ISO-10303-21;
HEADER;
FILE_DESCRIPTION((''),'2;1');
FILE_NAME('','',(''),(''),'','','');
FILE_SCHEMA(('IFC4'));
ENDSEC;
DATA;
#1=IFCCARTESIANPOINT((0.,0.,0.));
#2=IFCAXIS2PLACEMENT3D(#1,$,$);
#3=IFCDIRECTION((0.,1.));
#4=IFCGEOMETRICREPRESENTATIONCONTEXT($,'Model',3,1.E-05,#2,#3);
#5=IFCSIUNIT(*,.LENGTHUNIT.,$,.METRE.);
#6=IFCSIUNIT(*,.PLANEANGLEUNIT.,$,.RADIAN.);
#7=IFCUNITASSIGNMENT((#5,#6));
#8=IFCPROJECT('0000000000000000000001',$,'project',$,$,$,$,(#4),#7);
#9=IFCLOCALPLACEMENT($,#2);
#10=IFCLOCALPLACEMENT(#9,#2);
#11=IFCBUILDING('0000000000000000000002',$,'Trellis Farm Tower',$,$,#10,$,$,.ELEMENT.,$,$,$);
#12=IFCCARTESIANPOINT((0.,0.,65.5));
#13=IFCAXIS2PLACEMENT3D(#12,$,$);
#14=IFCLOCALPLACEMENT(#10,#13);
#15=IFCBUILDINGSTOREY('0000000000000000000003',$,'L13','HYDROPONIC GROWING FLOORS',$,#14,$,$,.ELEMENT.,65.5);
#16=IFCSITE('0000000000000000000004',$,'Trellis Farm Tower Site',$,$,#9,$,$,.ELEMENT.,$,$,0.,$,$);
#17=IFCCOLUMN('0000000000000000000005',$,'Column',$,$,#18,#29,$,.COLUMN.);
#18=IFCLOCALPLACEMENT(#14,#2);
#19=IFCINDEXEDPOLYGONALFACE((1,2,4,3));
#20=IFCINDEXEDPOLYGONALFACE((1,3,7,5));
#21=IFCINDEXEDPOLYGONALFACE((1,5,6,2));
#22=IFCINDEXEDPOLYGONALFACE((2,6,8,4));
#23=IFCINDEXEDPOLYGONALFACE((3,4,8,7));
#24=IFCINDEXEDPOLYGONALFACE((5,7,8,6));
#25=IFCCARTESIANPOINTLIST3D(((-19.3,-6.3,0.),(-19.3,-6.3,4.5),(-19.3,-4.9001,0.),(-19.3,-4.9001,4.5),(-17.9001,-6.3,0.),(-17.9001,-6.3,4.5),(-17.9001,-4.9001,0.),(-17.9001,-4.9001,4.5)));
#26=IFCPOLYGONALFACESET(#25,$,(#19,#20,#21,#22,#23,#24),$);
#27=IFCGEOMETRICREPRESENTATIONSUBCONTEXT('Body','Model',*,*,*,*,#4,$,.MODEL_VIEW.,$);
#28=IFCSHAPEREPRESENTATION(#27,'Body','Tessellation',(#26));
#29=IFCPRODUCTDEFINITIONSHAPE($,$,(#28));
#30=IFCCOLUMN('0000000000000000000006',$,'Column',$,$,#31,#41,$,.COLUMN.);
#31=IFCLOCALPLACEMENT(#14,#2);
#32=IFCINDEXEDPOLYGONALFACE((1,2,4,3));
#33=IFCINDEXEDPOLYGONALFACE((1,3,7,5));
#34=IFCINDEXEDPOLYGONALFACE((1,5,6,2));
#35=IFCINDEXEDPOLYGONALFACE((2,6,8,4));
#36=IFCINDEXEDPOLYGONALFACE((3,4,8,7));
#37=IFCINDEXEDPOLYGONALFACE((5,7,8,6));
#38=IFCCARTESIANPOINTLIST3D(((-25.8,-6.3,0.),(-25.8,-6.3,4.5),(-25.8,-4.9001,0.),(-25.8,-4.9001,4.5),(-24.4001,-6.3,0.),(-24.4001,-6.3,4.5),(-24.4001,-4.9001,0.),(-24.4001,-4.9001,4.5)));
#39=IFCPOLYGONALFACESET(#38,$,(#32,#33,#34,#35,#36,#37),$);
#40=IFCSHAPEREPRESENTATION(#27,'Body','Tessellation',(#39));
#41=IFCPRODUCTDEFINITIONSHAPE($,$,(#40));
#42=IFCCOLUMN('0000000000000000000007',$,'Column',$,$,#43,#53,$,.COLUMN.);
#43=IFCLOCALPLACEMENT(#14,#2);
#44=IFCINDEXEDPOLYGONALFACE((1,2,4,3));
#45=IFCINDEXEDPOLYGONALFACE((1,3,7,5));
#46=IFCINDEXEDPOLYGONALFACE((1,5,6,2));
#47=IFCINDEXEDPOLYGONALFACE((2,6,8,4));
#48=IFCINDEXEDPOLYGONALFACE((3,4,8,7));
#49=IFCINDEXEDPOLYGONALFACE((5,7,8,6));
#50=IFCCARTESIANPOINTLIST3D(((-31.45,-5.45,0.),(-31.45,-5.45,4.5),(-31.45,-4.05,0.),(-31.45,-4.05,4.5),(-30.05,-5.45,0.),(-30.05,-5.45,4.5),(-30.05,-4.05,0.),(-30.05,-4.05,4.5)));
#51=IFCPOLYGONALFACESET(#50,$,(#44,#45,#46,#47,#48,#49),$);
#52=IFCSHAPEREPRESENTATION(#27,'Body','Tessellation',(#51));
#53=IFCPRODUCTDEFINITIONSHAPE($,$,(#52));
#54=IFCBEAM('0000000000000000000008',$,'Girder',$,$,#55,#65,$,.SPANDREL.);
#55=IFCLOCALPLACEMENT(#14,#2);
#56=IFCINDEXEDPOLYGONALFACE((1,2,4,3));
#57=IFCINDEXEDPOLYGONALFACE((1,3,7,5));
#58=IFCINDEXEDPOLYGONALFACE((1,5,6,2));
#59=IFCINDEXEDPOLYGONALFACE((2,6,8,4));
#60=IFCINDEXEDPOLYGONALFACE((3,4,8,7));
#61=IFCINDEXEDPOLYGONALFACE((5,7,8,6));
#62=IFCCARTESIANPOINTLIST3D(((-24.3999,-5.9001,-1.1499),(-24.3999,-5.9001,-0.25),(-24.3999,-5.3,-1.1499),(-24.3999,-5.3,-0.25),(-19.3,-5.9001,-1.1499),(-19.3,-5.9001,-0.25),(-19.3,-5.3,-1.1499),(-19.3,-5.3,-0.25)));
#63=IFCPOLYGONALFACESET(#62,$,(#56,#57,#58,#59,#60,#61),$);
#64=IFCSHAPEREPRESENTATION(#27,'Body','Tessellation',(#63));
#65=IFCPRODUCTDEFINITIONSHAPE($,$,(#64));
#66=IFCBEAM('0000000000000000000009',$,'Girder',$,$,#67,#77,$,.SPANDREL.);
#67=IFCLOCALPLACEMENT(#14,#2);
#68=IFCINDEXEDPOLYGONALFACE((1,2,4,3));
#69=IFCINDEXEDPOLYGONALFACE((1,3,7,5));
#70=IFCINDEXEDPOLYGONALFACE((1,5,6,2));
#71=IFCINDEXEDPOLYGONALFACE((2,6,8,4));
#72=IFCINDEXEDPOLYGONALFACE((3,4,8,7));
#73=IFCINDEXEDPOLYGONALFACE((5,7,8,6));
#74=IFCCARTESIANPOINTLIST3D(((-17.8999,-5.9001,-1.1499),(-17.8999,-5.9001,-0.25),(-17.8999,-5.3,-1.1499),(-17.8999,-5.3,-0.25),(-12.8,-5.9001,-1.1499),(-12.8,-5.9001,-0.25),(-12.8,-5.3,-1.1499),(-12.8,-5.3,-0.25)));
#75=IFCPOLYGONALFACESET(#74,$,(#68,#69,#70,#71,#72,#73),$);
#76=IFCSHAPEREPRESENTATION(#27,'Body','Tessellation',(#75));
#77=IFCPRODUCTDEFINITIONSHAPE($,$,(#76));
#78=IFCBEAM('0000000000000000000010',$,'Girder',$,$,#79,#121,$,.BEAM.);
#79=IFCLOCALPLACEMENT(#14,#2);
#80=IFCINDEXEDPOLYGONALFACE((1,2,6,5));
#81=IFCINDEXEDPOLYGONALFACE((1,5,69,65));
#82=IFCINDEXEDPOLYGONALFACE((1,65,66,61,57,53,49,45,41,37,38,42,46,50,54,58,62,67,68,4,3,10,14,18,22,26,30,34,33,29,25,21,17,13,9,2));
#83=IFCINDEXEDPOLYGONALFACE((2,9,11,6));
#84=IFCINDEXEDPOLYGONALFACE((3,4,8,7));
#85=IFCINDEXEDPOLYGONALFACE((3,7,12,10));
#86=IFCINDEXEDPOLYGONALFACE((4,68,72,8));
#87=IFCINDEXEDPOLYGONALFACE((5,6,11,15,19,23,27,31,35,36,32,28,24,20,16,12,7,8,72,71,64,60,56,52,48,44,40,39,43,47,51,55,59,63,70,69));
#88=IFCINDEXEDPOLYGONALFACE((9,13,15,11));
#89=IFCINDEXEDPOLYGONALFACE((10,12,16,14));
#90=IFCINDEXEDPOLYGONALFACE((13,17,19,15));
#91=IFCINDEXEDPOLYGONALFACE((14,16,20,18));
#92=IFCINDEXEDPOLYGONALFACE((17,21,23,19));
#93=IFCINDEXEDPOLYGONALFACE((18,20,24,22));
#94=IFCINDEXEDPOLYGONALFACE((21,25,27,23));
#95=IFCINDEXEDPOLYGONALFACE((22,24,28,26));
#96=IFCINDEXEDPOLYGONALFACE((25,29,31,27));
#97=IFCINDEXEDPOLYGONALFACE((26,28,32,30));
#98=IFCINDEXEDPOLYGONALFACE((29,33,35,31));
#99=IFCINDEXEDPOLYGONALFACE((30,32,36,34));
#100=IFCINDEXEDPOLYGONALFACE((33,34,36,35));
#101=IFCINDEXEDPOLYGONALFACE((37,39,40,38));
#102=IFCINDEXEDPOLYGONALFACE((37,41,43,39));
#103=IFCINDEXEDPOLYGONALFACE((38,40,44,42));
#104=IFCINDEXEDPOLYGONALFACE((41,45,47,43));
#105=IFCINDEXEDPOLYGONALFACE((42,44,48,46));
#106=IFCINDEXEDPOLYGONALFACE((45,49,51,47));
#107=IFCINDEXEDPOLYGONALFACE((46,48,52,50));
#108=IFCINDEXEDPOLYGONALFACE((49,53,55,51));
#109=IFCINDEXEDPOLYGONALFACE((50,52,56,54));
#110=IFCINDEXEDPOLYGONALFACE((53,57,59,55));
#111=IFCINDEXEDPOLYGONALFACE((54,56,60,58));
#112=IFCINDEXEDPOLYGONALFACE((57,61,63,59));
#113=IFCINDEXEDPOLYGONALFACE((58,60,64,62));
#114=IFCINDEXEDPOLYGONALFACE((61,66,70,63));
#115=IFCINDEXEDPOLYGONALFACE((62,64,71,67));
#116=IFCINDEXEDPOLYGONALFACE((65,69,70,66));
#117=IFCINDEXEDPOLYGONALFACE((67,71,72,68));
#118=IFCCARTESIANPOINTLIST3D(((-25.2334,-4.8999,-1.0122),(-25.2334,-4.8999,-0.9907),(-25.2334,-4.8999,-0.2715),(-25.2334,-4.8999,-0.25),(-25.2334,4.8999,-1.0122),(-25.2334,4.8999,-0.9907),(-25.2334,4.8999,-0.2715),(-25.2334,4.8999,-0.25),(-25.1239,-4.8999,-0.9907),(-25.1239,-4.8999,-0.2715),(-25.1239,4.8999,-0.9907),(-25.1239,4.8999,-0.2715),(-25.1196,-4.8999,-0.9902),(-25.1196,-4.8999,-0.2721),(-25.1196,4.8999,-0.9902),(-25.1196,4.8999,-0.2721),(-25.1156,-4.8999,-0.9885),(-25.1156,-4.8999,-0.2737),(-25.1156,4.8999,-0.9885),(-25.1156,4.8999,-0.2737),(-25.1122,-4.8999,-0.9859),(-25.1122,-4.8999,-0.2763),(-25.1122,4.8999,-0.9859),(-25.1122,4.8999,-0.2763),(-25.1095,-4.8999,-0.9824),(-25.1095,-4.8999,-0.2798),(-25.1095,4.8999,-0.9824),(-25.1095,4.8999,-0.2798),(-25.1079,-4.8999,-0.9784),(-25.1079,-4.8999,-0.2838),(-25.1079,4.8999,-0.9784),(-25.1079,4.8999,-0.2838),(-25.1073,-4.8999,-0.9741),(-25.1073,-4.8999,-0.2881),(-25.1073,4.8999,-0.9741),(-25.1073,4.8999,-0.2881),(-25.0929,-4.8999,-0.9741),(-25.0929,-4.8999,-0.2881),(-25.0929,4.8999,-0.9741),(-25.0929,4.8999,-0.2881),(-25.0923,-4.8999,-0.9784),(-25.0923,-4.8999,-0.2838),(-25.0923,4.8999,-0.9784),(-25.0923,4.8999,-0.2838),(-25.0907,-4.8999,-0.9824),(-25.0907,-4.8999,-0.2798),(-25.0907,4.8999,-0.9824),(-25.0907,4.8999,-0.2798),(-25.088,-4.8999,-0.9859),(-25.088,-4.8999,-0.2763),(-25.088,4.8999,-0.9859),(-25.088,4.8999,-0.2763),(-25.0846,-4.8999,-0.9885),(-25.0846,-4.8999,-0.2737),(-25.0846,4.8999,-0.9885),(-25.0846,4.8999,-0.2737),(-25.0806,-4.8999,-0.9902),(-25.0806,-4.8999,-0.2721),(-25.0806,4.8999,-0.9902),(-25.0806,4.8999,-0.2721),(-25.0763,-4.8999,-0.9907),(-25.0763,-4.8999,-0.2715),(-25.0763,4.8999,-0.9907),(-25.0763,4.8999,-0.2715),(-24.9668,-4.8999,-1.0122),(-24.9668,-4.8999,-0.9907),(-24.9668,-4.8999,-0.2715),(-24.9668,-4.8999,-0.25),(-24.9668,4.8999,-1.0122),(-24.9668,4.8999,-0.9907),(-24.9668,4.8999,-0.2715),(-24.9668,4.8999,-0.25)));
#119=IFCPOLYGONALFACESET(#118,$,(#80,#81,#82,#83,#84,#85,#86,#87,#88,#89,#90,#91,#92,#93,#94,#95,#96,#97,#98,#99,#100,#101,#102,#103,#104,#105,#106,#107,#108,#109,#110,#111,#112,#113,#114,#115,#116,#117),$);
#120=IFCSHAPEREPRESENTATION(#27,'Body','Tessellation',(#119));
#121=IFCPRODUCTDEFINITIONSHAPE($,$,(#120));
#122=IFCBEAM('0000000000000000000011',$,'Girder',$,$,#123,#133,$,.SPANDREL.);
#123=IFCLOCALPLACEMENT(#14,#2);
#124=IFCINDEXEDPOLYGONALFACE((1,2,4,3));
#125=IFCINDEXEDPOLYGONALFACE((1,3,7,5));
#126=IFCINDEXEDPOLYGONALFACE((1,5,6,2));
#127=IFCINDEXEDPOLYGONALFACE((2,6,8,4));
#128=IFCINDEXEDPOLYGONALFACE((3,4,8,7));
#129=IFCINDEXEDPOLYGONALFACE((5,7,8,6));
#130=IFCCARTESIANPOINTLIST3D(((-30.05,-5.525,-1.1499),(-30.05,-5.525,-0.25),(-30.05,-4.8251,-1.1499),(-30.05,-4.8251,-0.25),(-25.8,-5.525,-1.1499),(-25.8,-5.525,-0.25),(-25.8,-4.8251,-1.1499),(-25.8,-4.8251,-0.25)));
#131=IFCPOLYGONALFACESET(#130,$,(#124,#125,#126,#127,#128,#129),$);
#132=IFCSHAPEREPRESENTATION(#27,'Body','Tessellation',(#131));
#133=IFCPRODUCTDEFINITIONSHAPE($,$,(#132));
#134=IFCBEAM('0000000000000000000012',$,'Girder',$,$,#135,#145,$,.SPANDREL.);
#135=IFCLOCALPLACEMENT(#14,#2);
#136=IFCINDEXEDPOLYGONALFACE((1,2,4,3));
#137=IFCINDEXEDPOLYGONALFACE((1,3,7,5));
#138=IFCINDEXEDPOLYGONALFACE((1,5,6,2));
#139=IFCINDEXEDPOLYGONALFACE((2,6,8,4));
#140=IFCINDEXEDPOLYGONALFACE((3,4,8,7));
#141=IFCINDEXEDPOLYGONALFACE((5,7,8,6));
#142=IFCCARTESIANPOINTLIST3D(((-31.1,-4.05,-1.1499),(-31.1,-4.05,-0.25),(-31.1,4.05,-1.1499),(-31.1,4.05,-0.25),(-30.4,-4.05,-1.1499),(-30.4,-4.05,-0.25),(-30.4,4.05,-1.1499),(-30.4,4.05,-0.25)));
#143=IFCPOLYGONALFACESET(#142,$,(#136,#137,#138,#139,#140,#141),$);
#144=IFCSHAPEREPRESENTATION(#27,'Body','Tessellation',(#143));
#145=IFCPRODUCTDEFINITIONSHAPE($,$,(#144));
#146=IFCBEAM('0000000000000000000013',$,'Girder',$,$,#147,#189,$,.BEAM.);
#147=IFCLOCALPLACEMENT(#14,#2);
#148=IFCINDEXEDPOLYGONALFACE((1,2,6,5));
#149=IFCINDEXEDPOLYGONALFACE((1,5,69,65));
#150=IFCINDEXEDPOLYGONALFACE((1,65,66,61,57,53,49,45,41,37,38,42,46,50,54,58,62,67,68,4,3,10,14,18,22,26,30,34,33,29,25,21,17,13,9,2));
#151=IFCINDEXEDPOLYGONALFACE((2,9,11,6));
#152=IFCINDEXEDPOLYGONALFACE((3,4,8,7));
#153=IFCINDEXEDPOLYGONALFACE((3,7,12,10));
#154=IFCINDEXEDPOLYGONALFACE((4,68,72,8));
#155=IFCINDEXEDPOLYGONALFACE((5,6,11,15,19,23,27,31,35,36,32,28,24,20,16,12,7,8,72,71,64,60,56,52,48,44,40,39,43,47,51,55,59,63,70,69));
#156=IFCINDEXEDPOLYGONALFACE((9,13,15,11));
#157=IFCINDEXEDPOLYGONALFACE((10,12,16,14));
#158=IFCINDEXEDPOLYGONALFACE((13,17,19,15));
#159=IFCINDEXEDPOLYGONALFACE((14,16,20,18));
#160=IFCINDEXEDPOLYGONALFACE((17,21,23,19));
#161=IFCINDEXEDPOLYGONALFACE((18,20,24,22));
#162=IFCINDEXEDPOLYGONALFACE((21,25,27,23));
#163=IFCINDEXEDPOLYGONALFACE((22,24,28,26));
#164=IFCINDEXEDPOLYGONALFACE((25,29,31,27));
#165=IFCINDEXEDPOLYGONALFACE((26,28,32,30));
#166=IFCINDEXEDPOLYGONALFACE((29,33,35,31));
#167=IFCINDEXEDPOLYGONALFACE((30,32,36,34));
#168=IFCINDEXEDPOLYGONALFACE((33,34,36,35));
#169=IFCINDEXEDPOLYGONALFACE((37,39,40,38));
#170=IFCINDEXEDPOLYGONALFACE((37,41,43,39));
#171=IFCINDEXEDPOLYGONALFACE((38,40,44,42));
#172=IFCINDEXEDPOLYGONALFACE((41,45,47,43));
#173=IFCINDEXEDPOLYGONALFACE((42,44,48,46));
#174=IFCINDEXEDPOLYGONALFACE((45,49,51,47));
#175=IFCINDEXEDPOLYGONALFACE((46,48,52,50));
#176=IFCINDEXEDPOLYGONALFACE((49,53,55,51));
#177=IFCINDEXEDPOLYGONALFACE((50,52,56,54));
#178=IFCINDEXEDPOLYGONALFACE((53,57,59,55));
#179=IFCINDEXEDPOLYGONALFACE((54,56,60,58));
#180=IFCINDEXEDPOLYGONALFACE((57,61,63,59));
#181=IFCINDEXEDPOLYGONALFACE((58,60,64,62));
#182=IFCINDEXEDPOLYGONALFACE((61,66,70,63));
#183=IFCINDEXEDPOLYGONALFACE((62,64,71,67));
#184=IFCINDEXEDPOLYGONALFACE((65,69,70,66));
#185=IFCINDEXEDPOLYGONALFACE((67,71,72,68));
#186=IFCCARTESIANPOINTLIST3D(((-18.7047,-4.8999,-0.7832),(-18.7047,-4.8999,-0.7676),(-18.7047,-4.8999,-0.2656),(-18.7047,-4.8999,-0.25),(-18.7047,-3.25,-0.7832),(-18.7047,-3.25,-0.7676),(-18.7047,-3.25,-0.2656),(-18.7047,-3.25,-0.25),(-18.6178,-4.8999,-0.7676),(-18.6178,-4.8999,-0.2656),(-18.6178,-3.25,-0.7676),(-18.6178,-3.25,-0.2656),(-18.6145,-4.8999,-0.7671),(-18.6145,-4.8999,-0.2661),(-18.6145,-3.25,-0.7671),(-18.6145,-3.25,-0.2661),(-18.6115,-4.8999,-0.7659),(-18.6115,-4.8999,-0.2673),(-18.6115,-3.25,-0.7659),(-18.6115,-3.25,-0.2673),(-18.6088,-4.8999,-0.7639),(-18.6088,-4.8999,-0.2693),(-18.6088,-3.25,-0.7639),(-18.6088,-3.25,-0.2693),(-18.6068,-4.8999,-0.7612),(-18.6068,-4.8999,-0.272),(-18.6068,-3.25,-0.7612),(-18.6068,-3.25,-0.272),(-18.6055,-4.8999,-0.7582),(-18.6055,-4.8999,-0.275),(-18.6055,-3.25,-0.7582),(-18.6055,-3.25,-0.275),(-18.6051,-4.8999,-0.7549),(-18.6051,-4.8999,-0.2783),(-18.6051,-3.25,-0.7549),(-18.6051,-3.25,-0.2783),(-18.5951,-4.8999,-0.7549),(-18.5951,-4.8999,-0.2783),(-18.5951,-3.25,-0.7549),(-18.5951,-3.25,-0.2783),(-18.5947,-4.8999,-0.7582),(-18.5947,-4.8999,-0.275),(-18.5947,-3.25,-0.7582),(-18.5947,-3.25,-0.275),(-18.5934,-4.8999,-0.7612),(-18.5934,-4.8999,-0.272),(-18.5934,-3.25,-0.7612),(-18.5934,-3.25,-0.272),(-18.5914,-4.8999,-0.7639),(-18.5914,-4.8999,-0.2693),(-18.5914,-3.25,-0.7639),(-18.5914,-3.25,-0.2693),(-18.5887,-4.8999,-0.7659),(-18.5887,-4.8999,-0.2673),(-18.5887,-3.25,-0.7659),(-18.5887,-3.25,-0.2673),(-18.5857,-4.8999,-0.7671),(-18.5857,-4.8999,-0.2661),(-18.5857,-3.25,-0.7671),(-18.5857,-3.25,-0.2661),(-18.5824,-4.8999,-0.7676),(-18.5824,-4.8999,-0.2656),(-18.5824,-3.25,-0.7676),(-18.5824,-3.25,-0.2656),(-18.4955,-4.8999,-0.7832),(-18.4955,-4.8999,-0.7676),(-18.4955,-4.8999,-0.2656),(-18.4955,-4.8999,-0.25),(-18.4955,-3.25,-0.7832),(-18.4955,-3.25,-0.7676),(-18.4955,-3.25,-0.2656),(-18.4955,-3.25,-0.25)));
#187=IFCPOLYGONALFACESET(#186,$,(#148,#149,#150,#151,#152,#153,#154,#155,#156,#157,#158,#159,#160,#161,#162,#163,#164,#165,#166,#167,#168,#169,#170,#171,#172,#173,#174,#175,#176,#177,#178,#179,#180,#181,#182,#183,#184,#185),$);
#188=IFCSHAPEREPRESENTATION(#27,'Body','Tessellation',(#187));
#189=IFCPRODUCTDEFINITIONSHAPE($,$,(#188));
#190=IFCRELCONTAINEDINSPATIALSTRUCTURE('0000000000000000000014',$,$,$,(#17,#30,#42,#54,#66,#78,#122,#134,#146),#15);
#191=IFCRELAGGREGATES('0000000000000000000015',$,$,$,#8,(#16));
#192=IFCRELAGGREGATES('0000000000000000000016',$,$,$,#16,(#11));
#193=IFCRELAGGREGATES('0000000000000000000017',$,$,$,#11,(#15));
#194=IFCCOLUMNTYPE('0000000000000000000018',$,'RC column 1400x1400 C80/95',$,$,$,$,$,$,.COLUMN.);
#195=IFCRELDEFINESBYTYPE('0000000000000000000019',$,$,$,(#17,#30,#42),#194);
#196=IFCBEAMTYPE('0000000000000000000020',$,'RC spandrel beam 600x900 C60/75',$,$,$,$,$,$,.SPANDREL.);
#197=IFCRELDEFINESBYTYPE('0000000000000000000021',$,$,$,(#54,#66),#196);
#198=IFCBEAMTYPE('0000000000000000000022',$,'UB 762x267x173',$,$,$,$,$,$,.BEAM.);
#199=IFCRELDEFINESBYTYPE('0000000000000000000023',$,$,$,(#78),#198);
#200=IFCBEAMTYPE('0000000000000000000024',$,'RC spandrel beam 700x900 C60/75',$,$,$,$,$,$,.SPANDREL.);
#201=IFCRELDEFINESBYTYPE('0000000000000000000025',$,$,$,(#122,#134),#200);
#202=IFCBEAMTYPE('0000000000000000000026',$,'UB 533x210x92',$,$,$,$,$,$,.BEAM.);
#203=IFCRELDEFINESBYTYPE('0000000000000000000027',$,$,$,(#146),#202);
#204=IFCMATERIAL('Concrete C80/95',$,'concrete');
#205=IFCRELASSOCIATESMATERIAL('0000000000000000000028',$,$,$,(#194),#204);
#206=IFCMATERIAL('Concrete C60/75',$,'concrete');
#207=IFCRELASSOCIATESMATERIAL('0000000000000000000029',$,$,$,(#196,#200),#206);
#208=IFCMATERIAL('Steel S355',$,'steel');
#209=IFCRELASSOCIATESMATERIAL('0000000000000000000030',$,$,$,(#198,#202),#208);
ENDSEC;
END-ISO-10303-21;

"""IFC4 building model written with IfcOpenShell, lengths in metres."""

from ifc_helpers import new_model, si_unit, direction, frame, origin, origin_2d, place, context, subcontext, project, spatial, rectangle, i_section, extrude, source, transform, mapped, material, material_profile, profile_set, type_object, element, save


model = new_model("IFC4")

# Units and contexts
model_context = context("Model", 3, precision=1e-05, world=origin(), true_north=direction((0.0, 1.0)))
body_context = subcontext(model_context, "Body", "Model", "MODEL_VIEW")
ifc_project = project(units=[si_unit("LENGTHUNIT", "METRE"), si_unit("PLANEANGLEUNIT", "RADIAN")], contexts=[model_context])

# Site, building, storey
site_placement = place(None, origin())
site = spatial("IfcSite", under=ifc_project, at=site_placement, Name="Trellis Farm Tower Site", CompositionType="ELEMENT", RefElevation=0.0)
building_placement = place(site_placement, origin())
building = spatial("IfcBuilding", under=site, at=building_placement, Name="Trellis Farm Tower", CompositionType="ELEMENT")
storey_placement = place(building_placement, frame((0.0, 0.0, 65.5)))
storey = spatial("IfcBuildingStorey", under=building, at=storey_placement, Name="L13", Description="HYDROPONIC GROWING FLOORS", CompositionType="ELEMENT", Elevation=65.5)

# Columns
ifc_material_1 = material(Name="Concrete C80/95", Category="concrete")
ifc_material_profile_1 = material_profile(ifc_material_1, rectangle(XDim=1.3999, YDim=1.3999, at=origin_2d()), Name="RC column 1400x1400 C80/95")
ifc_profile_set_1 = profile_set([ifc_material_profile_1], Name="Concrete C80/95")
column_type = type_object("IfcColumnType", Name="RC column 1400x1400 C80/95", PredefinedType="COLUMN", material=ifc_profile_set_1)
shared_shape_1 = source(origin(), body_context, "Body", "SweptSolid", [
    extrude(rectangle(XDim=1.3999, YDim=1.3999, at=origin_2d()), origin(), (0.0, 0.0, 1.0), 4.5),
])
for number, where, z_axis, x_axis, name in (
    (1, (-18.6001, -5.6001, 0.0), (0.0, 0.0, 1.0), (1.0, 0.0, 0.0), "Column"),
    (2, (-25.1001, -5.6001, 0.0), (0.0, 0.0, 1.0), (1.0, 0.0, 0.0), "Column"),
    (3, (-30.75, -4.75, 0.0), (0.0, 0.0, 1.0), (1.0, 0.0, 0.0), "Column"),
):
    element("IfcColumn", number, at=place(storey_placement, frame(where, z_axis=z_axis, x_axis=x_axis)), inside=storey, type_object=column_type, Name=name, PredefinedType="COLUMN", context=body_context, shape_type="MappedRepresentation", body=[
        mapped(shared_shape_1, transform((0.0, 0.0, 0.0))),
    ])

# Beams
ifc_material_2 = material(Name="Concrete C60/75", Category="concrete")
ifc_material_profile_2 = material_profile(ifc_material_2, rectangle(XDim=0.6001, YDim=0.8999, at=origin_2d()), Name="RC spandrel beam 600x900 C60/75")
ifc_profile_set_2 = profile_set([ifc_material_profile_2], Name="Concrete C60/75")
beam_type_1 = type_object("IfcBeamType", Name="RC spandrel beam 600x900 C60/75", PredefinedType="SPANDREL", material=ifc_profile_set_2)
shared_shape_2 = source(origin(), body_context, "Body", "SweptSolid", [
    extrude(rectangle(XDim=0.6001, YDim=0.8999, at=origin_2d()), origin(), (0.0, 0.0, 1.0), 5.0999),
])
for number, where, z_axis, x_axis, name in (
    (4, (-24.3999, -5.6001, -0.7), (1.0, 0.0, 0.0), (0.0, 1.0, 0.0), "Girder"),
    (5, (-17.8999, -5.6001, -0.7), (1.0, 0.0, 0.0), (0.0, 1.0, 0.0), "Girder"),
):
    element("IfcBeam", number, at=place(storey_placement, frame(where, z_axis=z_axis, x_axis=x_axis)), inside=storey, type_object=beam_type_1, Name=name, PredefinedType="SPANDREL", context=body_context, shape_type="MappedRepresentation", body=[
        mapped(shared_shape_2, transform((0.0, 0.0, 0.0))),
    ])
ifc_material_3 = material(Name="Steel S355", Category="steel")
ifc_material_profile_3 = material_profile(ifc_material_3, i_section(OverallWidth=0.2666, OverallDepth=0.7622, WebThickness=0.0144, FlangeThickness=0.0215, FilletRadius=0.0166, at=origin_2d()), Name="UB 762x267x173")
ifc_profile_set_3 = profile_set([ifc_material_profile_3], Name="Steel S355")
beam_type_2 = type_object("IfcBeamType", Name="UB 762x267x173", PredefinedType="BEAM", material=ifc_profile_set_3)
shared_shape_3 = source(origin(), body_context, "Body", "SweptSolid", [
    extrude(i_section(OverallWidth=0.2666, OverallDepth=0.7622, WebThickness=0.0144, FlangeThickness=0.0215, FilletRadius=0.0166, at=origin_2d()), origin(), (0.0, 0.0, 1.0), 9.7998),
])
beam_1_placement = place(storey_placement, frame((-25.1001, -4.8999, -0.6311), z_axis=(0.0, 1.0, 0.0), x_axis=(-1.0, 0.0, 0.0)))
element("IfcBeam", 6, at=beam_1_placement, inside=storey, type_object=beam_type_2, Name="Girder", PredefinedType="BEAM", context=body_context, shape_type="MappedRepresentation", body=[
    mapped(shared_shape_3, transform((0.0, 0.0, 0.0))),
])
ifc_material_profile_4 = material_profile(ifc_material_2, rectangle(XDim=0.7, YDim=0.8999, at=origin_2d()), Name="RC spandrel beam 700x900 C60/75")
ifc_profile_set_4 = profile_set([ifc_material_profile_4], Name="Concrete C60/75")
beam_type_3 = type_object("IfcBeamType", Name="RC spandrel beam 700x900 C60/75", PredefinedType="SPANDREL", material=ifc_profile_set_4)
shared_shape_4 = source(origin(), body_context, "Body", "SweptSolid", [
    extrude(rectangle(XDim=0.7, YDim=0.8999, at=origin_2d()), origin(), (0.0, 0.0, 1.0), 4.25),
])
beam_2_placement = place(storey_placement, frame((-30.05, -5.175, -0.7), z_axis=(1.0, 0.0, 0.0), x_axis=(0.0, 1.0, 0.0)))
element("IfcBeam", 7, at=beam_2_placement, inside=storey, type_object=beam_type_3, Name="Girder", PredefinedType="SPANDREL", context=body_context, shape_type="MappedRepresentation", body=[
    mapped(shared_shape_4, transform((0.0, 0.0, 0.0))),
])
shared_shape_5 = source(origin(), body_context, "Body", "SweptSolid", [
    extrude(rectangle(XDim=0.7, YDim=0.8999, at=origin_2d()), origin(), (0.0, 0.0, 1.0), 8.1001),
])
beam_3_placement = place(storey_placement, frame((-30.75, -4.05, -0.7), z_axis=(0.0, 1.0, 0.0), x_axis=(-1.0, 0.0, 0.0)))
element("IfcBeam", 8, at=beam_3_placement, inside=storey, type_object=beam_type_3, Name="Girder", PredefinedType="SPANDREL", context=body_context, shape_type="MappedRepresentation", body=[
    mapped(shared_shape_5, transform((0.0, 0.0, 0.0))),
])
ifc_material_profile_5 = material_profile(ifc_material_3, i_section(OverallWidth=0.2092, OverallDepth=0.5332, WebThickness=0.01, FlangeThickness=0.0156, FilletRadius=0.0127, at=origin_2d()), Name="UB 533x210x92")
ifc_profile_set_5 = profile_set([ifc_material_profile_5], Name="Steel S355")
beam_type_4 = type_object("IfcBeamType", Name="UB 533x210x92", PredefinedType="BEAM", material=ifc_profile_set_5)
shared_shape_6 = source(origin(), body_context, "Body", "SweptSolid", [
    extrude(i_section(OverallWidth=0.2092, OverallDepth=0.5332, WebThickness=0.01, FlangeThickness=0.0156, FilletRadius=0.0127, at=origin_2d()), origin(), (0.0, 0.0, 1.0), 1.6499),
])
beam_4_placement = place(storey_placement, frame((-18.6001, -4.8999, -0.5166), z_axis=(0.0, 1.0, 0.0), x_axis=(-1.0, 0.0, 0.0)))
element("IfcBeam", 9, at=beam_4_placement, inside=storey, type_object=beam_type_4, Name="Girder", PredefinedType="BEAM", context=body_context, shape_type="MappedRepresentation", body=[
    mapped(shared_shape_6, transform((0.0, 0.0, 0.0))),
])

save(model, "model.ifc")
